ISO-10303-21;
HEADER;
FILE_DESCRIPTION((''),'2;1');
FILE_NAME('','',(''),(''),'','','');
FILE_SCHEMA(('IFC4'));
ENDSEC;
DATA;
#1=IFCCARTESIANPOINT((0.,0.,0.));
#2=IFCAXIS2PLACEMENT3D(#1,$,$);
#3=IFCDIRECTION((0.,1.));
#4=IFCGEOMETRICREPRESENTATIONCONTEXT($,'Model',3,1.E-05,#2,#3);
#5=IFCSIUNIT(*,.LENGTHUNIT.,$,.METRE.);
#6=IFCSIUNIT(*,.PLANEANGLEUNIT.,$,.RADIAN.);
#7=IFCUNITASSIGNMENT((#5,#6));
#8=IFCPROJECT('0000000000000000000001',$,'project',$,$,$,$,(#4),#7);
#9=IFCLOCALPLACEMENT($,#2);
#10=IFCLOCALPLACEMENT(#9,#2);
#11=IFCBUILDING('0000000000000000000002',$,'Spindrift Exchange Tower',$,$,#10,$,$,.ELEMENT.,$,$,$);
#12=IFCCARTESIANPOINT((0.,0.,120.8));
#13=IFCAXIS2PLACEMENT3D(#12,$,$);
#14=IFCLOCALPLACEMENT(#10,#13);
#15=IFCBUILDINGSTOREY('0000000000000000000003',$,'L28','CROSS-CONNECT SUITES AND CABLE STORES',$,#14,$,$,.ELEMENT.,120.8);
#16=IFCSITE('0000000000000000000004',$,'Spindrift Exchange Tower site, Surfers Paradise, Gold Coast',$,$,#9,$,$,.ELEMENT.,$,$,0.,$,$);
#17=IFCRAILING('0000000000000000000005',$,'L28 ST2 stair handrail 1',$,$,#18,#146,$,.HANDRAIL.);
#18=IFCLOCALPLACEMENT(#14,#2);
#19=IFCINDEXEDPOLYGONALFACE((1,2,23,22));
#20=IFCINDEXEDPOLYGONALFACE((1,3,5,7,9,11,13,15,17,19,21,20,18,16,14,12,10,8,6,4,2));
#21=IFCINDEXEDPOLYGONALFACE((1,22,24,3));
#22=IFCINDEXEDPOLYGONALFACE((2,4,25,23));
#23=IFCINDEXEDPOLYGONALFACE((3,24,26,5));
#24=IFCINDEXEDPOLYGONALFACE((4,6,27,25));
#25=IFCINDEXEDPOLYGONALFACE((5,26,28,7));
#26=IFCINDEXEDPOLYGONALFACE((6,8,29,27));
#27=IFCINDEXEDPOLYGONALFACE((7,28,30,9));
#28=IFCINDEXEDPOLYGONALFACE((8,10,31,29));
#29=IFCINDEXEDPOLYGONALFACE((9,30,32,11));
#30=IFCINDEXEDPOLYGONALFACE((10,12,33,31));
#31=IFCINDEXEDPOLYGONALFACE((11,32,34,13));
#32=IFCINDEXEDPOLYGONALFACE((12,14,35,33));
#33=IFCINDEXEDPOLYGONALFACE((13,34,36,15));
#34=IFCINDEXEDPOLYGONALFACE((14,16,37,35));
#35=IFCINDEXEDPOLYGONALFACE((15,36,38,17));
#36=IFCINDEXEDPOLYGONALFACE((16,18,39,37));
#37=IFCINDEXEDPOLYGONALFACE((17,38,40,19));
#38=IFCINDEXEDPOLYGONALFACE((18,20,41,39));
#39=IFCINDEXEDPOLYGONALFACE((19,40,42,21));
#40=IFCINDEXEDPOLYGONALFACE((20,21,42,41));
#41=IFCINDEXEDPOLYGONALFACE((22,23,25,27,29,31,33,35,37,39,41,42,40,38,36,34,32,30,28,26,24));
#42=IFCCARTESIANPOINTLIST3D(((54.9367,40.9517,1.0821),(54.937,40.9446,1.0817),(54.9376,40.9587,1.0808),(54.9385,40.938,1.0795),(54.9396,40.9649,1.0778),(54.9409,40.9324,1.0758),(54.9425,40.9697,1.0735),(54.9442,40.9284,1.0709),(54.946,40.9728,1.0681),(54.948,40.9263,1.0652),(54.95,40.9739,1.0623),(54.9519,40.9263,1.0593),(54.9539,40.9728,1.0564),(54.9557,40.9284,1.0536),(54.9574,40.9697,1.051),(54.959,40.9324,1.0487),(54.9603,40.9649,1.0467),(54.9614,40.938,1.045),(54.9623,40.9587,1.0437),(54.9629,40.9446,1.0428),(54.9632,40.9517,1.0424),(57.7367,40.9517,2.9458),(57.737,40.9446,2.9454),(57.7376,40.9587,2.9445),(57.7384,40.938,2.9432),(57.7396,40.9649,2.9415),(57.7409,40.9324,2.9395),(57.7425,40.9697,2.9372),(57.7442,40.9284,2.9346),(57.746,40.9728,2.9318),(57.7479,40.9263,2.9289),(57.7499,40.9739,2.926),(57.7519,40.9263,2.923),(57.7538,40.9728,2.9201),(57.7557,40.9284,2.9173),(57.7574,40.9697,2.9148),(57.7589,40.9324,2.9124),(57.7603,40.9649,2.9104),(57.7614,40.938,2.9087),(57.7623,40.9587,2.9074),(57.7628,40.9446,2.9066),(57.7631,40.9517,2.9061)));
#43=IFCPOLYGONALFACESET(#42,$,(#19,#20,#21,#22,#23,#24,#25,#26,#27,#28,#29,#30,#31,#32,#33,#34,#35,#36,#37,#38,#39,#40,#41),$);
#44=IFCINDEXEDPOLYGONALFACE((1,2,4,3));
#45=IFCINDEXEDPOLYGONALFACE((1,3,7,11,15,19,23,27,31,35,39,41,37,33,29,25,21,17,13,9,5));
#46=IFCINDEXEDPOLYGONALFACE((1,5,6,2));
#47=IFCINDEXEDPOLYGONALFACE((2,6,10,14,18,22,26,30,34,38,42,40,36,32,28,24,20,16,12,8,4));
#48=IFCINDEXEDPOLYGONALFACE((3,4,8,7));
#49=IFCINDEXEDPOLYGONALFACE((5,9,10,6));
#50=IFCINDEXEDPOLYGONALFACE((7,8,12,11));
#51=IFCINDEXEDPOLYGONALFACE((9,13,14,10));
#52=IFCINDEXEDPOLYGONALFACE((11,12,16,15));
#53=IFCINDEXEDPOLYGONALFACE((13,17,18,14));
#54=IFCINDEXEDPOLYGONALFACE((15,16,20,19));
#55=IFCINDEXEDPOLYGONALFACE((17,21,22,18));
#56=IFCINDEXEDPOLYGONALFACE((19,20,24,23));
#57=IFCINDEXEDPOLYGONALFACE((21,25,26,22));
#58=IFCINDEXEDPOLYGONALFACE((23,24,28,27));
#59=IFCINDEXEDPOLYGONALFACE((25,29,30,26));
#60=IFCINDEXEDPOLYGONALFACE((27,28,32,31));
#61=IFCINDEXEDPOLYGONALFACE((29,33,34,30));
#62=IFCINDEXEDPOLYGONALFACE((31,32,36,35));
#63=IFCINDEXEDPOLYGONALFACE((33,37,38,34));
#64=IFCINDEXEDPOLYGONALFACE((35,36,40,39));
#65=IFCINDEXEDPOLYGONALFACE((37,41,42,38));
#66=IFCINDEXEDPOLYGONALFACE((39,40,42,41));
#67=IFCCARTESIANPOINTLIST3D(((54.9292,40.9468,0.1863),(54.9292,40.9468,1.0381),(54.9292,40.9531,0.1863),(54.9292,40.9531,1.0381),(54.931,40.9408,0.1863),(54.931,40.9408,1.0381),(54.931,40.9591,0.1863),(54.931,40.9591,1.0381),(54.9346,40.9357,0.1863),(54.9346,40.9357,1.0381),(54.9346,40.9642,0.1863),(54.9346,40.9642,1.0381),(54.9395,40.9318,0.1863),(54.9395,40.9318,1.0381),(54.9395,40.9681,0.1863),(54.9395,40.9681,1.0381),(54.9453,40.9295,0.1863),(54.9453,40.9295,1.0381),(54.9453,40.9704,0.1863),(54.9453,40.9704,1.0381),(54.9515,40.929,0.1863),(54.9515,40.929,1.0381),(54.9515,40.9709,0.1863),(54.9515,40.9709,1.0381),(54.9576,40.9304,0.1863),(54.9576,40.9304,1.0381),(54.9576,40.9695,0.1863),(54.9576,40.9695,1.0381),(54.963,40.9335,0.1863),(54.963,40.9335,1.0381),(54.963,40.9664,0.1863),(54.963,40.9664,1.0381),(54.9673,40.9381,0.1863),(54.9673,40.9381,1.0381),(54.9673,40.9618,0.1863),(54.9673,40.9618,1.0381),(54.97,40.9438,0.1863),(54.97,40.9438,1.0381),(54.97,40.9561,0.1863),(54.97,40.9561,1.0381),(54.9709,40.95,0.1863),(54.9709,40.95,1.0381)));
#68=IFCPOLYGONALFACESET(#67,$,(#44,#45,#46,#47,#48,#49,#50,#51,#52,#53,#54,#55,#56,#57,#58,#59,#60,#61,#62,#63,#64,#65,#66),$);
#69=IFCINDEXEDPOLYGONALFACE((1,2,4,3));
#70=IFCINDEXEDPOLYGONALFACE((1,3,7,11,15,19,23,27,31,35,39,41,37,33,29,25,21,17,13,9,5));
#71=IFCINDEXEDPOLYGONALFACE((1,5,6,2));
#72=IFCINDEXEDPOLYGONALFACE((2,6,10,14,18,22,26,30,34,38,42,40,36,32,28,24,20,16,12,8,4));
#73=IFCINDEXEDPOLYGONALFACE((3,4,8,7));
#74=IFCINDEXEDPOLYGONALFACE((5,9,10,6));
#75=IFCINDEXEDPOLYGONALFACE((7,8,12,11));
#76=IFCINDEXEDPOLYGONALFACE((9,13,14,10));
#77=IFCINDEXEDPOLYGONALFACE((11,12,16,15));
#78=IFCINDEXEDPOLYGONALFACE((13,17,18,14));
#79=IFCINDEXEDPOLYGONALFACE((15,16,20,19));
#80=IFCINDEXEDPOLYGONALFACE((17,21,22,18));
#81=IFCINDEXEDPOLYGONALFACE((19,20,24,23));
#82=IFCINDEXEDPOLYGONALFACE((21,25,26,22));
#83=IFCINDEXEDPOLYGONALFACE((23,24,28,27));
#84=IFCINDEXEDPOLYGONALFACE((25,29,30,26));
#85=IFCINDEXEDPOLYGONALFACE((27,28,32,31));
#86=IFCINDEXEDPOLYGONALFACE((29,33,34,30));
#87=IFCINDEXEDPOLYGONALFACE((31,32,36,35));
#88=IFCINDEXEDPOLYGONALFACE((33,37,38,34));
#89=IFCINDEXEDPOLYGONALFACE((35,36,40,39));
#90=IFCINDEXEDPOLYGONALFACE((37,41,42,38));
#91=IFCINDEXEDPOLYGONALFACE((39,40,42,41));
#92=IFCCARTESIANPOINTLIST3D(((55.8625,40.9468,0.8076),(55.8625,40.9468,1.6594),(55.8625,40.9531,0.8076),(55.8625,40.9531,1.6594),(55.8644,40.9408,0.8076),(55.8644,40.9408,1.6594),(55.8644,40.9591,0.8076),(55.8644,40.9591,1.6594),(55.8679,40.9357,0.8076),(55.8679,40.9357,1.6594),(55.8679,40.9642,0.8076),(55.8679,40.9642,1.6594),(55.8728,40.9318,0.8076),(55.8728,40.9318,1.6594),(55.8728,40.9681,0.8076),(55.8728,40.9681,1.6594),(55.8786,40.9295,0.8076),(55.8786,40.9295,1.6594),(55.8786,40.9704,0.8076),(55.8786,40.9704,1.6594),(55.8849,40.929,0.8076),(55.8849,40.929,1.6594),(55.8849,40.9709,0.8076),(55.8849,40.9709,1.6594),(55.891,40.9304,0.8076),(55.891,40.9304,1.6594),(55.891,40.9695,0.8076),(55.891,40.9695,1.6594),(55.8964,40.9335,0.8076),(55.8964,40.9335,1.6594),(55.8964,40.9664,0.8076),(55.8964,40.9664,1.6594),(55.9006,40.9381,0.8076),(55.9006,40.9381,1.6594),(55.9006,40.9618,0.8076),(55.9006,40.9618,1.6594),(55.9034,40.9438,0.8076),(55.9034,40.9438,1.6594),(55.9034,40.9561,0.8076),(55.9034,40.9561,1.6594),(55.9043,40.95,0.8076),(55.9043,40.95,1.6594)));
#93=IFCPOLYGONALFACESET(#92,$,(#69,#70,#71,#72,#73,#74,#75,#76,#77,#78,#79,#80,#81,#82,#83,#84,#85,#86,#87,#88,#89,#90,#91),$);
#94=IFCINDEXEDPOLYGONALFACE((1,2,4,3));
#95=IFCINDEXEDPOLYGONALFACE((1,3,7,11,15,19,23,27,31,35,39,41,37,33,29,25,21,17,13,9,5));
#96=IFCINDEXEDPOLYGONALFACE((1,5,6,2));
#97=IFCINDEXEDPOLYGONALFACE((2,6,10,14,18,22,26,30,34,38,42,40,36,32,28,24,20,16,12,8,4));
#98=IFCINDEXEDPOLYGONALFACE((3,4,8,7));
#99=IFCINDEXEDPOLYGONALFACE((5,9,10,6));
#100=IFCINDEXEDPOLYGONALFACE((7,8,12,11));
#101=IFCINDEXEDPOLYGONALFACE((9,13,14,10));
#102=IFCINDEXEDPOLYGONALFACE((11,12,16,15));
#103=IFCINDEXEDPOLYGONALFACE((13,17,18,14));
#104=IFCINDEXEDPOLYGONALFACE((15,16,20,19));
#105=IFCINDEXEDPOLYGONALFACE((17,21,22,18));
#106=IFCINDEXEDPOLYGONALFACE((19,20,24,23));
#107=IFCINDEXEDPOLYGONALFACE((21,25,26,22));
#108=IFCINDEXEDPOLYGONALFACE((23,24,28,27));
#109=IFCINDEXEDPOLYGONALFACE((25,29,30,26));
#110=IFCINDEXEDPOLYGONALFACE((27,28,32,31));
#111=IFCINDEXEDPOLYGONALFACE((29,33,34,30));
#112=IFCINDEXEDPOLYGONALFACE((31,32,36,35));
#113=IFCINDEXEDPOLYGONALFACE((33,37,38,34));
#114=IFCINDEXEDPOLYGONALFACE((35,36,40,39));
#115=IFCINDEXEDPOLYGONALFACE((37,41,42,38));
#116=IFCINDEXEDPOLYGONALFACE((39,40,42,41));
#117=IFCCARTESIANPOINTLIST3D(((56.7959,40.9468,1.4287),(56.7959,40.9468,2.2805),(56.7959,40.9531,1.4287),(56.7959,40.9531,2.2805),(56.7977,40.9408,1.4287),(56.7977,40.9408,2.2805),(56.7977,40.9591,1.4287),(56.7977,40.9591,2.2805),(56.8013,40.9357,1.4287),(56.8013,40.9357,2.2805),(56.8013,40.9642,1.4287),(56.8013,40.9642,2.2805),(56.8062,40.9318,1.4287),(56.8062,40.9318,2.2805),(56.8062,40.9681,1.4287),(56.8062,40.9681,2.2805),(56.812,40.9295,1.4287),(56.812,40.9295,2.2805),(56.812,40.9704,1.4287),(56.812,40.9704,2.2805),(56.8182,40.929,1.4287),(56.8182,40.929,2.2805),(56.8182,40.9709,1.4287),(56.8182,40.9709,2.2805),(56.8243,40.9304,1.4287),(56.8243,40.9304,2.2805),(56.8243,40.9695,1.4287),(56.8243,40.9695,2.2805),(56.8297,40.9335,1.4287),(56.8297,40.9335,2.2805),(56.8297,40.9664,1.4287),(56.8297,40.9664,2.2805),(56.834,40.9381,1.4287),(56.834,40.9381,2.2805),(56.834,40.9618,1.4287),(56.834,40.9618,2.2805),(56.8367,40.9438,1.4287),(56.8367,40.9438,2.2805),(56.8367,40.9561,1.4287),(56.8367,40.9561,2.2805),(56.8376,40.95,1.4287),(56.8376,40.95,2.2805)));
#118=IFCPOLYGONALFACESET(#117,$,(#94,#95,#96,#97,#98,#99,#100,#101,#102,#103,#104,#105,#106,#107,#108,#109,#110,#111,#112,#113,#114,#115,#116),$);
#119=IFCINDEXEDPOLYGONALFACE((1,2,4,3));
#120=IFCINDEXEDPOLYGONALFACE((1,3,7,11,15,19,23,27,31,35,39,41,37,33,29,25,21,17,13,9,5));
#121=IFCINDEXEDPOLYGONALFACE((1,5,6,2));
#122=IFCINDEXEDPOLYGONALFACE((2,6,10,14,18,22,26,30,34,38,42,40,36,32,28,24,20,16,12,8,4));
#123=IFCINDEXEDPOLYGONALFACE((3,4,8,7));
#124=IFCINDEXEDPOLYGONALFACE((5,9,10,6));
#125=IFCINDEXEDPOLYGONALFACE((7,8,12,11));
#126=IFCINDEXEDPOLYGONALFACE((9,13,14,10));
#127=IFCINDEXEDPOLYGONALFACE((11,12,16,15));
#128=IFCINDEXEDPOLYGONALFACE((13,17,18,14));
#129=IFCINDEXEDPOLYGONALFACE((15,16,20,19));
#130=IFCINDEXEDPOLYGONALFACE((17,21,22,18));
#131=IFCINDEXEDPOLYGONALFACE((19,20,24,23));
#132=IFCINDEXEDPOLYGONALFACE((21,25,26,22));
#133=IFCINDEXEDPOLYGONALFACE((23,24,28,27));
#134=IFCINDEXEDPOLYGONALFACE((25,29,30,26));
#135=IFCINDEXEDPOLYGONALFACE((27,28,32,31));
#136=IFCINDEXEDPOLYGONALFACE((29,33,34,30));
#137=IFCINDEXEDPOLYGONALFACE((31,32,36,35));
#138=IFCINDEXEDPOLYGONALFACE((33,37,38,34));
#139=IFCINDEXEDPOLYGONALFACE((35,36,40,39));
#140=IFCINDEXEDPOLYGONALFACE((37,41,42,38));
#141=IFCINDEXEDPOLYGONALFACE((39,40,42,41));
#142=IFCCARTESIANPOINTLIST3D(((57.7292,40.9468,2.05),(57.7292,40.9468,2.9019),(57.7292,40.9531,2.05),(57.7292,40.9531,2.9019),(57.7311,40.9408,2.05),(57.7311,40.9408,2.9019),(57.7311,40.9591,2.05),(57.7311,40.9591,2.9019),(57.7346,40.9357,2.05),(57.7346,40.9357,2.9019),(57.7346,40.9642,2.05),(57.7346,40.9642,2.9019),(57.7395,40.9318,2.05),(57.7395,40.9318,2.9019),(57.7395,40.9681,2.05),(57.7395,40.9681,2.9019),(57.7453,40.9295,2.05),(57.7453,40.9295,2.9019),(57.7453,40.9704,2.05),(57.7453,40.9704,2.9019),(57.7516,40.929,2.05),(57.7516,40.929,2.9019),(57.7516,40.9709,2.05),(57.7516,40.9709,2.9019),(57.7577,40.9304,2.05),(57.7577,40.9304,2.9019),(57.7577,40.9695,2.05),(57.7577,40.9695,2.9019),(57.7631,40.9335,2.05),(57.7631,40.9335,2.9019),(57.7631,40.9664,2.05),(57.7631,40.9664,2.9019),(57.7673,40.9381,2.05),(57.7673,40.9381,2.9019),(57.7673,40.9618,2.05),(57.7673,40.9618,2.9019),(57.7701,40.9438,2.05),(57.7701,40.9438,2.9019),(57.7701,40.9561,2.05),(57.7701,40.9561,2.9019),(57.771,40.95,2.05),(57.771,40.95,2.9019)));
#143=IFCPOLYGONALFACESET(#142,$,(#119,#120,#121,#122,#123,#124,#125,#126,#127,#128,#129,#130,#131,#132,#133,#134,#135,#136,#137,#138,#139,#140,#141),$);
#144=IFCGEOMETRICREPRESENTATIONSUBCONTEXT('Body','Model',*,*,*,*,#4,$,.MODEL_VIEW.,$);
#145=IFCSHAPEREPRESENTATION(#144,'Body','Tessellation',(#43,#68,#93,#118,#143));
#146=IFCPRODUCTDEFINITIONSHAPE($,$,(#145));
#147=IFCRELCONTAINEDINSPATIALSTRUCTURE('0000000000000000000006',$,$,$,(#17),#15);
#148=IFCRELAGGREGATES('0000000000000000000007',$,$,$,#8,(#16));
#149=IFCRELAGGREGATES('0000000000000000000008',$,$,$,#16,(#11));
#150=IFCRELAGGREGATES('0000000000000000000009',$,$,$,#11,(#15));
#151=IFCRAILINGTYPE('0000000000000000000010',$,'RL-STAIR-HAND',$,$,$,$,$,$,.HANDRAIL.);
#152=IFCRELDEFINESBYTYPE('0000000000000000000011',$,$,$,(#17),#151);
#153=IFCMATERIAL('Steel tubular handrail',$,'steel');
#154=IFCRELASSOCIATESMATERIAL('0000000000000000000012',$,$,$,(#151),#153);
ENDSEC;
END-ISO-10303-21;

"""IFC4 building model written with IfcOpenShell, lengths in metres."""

from ifc_helpers import new_model, si_unit, direction, frame, origin, origin_2d, place, context, subcontext, project, spatial, circle, extrude, material, type_object, element, save


model = new_model("IFC4")

# Units and contexts
model_context = context("Model", 3, precision=1e-05, world=origin(), true_north=direction((0.0, 1.0)))
body_context = subcontext(model_context, "Body", "Model", "MODEL_VIEW")
ifc_project = project(units=[si_unit("LENGTHUNIT", "METRE"), si_unit("PLANEANGLEUNIT", "RADIAN")], contexts=[model_context])

# Site, building, storey
site_placement = place(None, origin())
site = spatial("IfcSite", under=ifc_project, at=site_placement, Name="Spindrift Exchange Tower site, Surfers Paradise, Gold Coast", CompositionType="ELEMENT", RefElevation=0.0)
building_placement = place(site_placement, origin())
building = spatial("IfcBuilding", under=site, at=building_placement, Name="Spindrift Exchange Tower", CompositionType="ELEMENT")
storey_placement = place(building_placement, frame((0.0, 0.0, 120.8)))
storey = spatial("IfcBuildingStorey", under=building, at=storey_placement, Name="L28", Description="CROSS-CONNECT SUITES AND CABLE STORES", CompositionType="ELEMENT", Elevation=120.8)

# Railing
ifc_material_1 = material(Name="Steel tubular handrail", Category="steel")
railing_type_1 = type_object("IfcRailingType", Name="RL-STAIR-HAND", PredefinedType="HANDRAIL", material=ifc_material_1)
railing_1_placement = place(storey_placement, frame((54.95, 40.95, 0.1863)))
element("IfcRailing", 1, at=railing_1_placement, inside=storey, type_object=railing_type_1, Name="L28 ST2 stair handrail 1", PredefinedType="HANDRAIL", context=body_context, shape_type="SweptSolid", body=[
    extrude(circle(Radius=0.0239, at=origin_2d()), frame((0.0, 0.0, 0.876), z_axis=(0.832452, 0.0, 0.554097), x_axis=(0.0, 1.0, 0.0)), (0.0, 0.0, 1.0), 3.3635),
    extrude(circle(Radius=0.021, at=origin_2d()), origin(), (0.0, 0.0, 1.0), 0.8518),
    extrude(circle(Radius=0.021, at=origin_2d()), frame((0.9333, 0.0, 0.6213)), (0.0, 0.0, 1.0), 0.8518),
    extrude(circle(Radius=0.021, at=origin_2d()), frame((1.8667, 0.0, 1.2424)), (0.0, 0.0, 1.0), 0.8518),
    extrude(circle(Radius=0.021, at=origin_2d()), frame((2.8, 0.0, 1.8638)), (0.0, 0.0, 1.0), 0.8518),
])

save(model, "model.ifc")
